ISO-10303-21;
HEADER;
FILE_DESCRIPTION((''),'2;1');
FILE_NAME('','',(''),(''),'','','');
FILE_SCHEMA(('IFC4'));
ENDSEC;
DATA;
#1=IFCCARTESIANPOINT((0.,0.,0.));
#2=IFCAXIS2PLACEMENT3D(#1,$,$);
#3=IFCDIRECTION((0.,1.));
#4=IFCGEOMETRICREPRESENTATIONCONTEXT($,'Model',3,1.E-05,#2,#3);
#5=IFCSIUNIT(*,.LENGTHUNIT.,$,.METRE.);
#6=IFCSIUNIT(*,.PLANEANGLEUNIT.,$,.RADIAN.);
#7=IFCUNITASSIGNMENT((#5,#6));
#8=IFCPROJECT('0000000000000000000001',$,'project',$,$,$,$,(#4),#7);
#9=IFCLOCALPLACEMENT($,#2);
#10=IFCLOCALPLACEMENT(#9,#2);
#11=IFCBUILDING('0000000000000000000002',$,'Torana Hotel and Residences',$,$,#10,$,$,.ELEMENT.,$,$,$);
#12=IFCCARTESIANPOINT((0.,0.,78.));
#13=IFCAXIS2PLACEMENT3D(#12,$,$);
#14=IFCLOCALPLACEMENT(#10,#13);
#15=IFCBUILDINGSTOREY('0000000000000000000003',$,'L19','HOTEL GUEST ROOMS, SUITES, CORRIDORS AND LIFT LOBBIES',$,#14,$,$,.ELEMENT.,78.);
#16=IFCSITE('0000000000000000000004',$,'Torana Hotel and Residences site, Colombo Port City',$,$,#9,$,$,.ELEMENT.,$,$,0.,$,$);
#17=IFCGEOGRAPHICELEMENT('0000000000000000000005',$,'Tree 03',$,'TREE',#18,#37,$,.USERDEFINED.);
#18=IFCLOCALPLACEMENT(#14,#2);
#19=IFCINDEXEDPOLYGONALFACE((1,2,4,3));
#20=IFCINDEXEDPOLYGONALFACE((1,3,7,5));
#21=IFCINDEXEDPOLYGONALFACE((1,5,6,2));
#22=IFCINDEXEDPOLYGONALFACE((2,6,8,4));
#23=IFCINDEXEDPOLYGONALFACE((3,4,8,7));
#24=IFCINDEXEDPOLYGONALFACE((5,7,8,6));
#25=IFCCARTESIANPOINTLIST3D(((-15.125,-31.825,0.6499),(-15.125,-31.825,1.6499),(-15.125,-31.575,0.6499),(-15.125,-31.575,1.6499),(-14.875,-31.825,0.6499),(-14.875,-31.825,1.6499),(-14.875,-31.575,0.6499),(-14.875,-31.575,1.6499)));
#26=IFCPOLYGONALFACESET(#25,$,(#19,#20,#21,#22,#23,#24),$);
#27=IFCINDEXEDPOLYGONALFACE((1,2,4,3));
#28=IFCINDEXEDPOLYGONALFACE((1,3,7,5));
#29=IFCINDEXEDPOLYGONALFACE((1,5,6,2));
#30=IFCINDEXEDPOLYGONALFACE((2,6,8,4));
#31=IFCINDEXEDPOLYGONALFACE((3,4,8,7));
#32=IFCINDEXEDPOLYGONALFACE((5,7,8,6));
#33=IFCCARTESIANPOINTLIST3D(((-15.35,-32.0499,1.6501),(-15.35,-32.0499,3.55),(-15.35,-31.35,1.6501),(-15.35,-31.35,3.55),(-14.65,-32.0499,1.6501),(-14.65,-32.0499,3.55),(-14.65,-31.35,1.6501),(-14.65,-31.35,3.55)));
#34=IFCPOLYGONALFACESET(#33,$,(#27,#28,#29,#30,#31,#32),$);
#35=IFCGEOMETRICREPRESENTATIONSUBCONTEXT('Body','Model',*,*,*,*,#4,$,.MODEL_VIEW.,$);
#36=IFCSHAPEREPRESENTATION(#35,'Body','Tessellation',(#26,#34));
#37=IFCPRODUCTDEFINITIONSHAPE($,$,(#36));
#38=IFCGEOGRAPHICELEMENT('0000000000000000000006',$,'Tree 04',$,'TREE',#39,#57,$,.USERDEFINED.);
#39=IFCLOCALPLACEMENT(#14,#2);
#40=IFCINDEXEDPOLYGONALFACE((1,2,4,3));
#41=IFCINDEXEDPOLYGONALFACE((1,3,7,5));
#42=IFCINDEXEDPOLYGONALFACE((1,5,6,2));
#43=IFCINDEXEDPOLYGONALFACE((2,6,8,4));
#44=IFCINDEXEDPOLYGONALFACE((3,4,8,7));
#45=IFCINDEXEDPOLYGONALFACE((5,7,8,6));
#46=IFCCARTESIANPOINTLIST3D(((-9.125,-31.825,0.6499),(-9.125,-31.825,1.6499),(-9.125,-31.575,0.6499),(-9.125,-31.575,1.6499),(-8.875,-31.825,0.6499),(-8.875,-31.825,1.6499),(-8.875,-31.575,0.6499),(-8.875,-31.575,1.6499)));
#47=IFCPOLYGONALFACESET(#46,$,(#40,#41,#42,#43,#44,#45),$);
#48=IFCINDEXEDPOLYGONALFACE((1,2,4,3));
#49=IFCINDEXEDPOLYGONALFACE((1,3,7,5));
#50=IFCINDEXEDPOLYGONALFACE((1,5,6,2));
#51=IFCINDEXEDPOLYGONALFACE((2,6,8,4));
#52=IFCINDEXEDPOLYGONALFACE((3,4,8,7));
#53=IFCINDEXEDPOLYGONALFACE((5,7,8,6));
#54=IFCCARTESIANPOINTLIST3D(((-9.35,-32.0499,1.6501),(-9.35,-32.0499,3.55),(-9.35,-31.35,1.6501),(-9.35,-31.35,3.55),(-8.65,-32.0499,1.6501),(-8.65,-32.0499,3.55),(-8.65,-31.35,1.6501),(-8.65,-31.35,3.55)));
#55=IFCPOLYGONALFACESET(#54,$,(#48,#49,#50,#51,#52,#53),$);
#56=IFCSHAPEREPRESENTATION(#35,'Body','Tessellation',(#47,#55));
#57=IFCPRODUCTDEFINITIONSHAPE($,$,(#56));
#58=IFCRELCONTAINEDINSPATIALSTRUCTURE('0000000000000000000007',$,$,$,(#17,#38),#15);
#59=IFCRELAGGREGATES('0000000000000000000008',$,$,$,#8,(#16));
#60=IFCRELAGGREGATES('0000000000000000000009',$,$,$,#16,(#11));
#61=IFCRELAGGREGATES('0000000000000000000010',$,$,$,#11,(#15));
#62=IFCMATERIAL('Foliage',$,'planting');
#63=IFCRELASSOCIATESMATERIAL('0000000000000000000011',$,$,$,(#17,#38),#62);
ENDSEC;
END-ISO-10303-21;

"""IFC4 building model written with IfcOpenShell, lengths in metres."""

from ifc_helpers import new_model, si_unit, direction, frame, origin, origin_2d, place, context, subcontext, project, spatial, rectangle, extrude, material, element, save


model = new_model("IFC4")

# Units and contexts
model_context = context("Model", 3, precision=1e-05, world=origin(), true_north=direction((0.0, 1.0)))
body_context = subcontext(model_context, "Body", "Model", "MODEL_VIEW")
ifc_project = project(units=[si_unit("LENGTHUNIT", "METRE"), si_unit("PLANEANGLEUNIT", "RADIAN")], contexts=[model_context])

# Site, building, storey
site_placement = place(None, origin())
site = spatial("IfcSite", under=ifc_project, at=site_placement, Name="Torana Hotel and Residences site, Colombo Port City", CompositionType="ELEMENT", RefElevation=0.0)
building_placement = place(site_placement, origin())
building = spatial("IfcBuilding", under=site, at=building_placement, Name="Torana Hotel and Residences", CompositionType="ELEMENT")
storey_placement = place(building_placement, frame((0.0, 0.0, 78.0)))
storey = spatial("IfcBuildingStorey", under=building, at=storey_placement, Name="L19", Description="HOTEL GUEST ROOMS, SUITES, CORRIDORS AND LIFT LOBBIES", CompositionType="ELEMENT", Elevation=78.0)

# Geographic elements
ifc_material_1 = material(Name="Foliage", Category="planting")
for number, where, z_axis, x_axis, name in (
    (1, (-15.0, -31.7, 0.6499), (0.0, 0.0, 1.0), (1.0, 0.0, 0.0), "Tree 03"),
    (2, (-9.0, -31.7, 0.6499), (0.0, 0.0, 1.0), (1.0, 0.0, 0.0), "Tree 04"),
):
    element("IfcGeographicElement", number, at=place(storey_placement, frame(where, z_axis=z_axis, x_axis=x_axis)), inside=storey, material=ifc_material_1, Name=name, ObjectType="TREE", PredefinedType="USERDEFINED", context=body_context, shape_type="SweptSolid", body=[
        extrude(rectangle(XDim=0.25, YDim=0.25, at=origin_2d()), origin(), (0.0, 0.0, 1.0), 1.0),
        extrude(rectangle(XDim=0.7, YDim=0.7, at=origin_2d()), frame((0.0, 0.0, 1.0002)), (0.0, 0.0, 1.0), 1.8999),
    ])

save(model, "model.ifc")
